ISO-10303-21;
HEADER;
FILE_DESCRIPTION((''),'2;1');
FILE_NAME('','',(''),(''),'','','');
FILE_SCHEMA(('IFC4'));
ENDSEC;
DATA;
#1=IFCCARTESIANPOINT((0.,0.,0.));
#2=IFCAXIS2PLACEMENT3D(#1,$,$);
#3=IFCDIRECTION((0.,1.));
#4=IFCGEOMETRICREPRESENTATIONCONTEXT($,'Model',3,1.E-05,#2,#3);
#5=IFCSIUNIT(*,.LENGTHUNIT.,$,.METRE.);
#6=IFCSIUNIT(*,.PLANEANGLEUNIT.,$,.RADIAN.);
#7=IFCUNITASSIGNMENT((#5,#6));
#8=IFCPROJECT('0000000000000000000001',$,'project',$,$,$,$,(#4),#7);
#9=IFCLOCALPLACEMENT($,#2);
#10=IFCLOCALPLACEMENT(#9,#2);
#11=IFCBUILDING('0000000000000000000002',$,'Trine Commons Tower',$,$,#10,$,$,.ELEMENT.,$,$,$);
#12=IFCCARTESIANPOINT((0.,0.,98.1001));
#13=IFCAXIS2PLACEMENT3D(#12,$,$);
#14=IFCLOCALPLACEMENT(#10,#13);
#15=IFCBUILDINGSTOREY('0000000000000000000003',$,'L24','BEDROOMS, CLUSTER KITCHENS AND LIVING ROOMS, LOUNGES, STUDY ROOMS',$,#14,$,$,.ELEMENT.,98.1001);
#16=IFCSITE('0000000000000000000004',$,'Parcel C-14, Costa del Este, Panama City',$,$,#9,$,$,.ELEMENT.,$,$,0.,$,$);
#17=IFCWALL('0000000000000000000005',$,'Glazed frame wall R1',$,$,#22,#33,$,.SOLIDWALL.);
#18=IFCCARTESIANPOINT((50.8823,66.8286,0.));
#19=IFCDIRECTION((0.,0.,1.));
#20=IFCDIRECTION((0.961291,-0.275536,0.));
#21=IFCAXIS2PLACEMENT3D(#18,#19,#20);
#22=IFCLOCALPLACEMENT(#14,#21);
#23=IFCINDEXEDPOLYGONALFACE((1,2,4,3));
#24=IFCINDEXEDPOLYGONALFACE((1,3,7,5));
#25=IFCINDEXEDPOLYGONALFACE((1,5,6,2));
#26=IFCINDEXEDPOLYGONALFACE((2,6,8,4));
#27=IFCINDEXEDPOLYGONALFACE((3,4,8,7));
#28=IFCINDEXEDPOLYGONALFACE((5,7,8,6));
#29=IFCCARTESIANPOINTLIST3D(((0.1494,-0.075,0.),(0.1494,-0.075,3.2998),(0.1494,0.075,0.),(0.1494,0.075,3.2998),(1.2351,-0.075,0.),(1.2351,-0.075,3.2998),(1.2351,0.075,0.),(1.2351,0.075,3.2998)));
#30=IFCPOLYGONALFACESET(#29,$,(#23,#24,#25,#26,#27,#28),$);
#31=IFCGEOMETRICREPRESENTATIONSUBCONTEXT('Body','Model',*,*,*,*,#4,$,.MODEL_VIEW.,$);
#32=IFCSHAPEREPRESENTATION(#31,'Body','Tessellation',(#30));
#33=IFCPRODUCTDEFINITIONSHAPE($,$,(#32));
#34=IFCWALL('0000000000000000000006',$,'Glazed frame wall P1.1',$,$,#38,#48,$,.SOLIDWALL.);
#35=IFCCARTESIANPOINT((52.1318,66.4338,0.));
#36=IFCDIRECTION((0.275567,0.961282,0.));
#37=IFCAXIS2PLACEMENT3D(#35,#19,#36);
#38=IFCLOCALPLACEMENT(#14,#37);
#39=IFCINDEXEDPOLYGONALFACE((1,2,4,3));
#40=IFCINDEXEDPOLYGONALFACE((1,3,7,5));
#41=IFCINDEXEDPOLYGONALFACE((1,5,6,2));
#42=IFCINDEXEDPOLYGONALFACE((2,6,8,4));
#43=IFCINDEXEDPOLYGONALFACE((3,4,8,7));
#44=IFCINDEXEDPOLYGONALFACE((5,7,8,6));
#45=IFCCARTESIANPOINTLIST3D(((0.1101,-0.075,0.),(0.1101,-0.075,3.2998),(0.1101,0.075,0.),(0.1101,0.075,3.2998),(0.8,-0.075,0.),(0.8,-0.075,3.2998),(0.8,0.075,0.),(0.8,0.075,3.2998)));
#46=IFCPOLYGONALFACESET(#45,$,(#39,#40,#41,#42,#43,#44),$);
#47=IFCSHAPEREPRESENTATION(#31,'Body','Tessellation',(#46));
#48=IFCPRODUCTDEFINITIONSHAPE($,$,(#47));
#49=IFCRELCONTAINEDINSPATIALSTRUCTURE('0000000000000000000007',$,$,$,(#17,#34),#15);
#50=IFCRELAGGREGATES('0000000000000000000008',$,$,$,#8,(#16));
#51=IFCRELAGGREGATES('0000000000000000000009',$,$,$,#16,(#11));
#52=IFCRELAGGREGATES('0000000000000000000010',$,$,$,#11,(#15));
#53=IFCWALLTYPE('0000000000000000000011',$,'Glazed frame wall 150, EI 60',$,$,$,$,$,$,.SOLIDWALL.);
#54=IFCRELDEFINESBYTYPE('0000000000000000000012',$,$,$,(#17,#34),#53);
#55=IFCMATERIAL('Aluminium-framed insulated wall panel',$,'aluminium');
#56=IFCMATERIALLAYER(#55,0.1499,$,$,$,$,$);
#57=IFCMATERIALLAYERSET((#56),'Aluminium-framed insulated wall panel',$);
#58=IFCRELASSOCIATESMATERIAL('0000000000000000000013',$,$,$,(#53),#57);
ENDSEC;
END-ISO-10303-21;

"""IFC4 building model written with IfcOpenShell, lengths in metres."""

from ifc_helpers import new_model, si_unit, direction, frame, origin, place, context, subcontext, project, spatial, polyline, outline, extrude, material, layer, layer_set, type_object, element, save


model = new_model("IFC4")

# Units and contexts
model_context = context("Model", 3, precision=1e-05, world=origin(), true_north=direction((0.0, 1.0)))
body_context = subcontext(model_context, "Body", "Model", "MODEL_VIEW")
ifc_project = project(units=[si_unit("LENGTHUNIT", "METRE"), si_unit("PLANEANGLEUNIT", "RADIAN")], contexts=[model_context])

# Site, building, storey
site_placement = place(None, origin())
site = spatial("IfcSite", under=ifc_project, at=site_placement, Name="Parcel C-14, Costa del Este, Panama City", CompositionType="ELEMENT", RefElevation=0.0)
building_placement = place(site_placement, origin())
building = spatial("IfcBuilding", under=site, at=building_placement, Name="Trine Commons Tower", CompositionType="ELEMENT")
storey_placement = place(building_placement, frame((0.0, 0.0, 98.1001)))
storey = spatial("IfcBuildingStorey", under=building, at=storey_placement, Name="L24", Description="BEDROOMS, CLUSTER KITCHENS AND LIVING ROOMS, LOUNGES, STUDY ROOMS", CompositionType="ELEMENT", Elevation=98.1001)

# Walls
ifc_material_1 = material(Name="Aluminium-framed insulated wall panel", Category="aluminium")
ifc_layer_1 = layer(ifc_material_1, 0.1499)
ifc_layer_set_1 = layer_set([ifc_layer_1], Name="Aluminium-framed insulated wall panel")
wall_type_1 = type_object("IfcWallType", Name="Glazed frame wall 150, EI 60", PredefinedType="SOLIDWALL", material=ifc_layer_set_1)
wall_1_placement = place(storey_placement, frame((50.8823, 66.8286, 0.0), z_axis=(0.0, 0.0, 1.0), x_axis=(0.961291, -0.275536, 0.0)))
element("IfcWall", 1, at=wall_1_placement, inside=storey, type_object=wall_type_1, Name="Glazed frame wall R1", PredefinedType="SOLIDWALL", context=body_context, shape_type="SweptSolid", body=[
    extrude(outline(polyline([(0.1494, 0.075), (0.1494, -0.075), (1.2351, -0.075), (1.2351, 0.075), (0.1494, 0.075)])), origin(), (0.0, 0.0, 1.0), 3.2998),
])
wall_2_placement = place(storey_placement, frame((52.1318, 66.4338, 0.0), z_axis=(0.0, 0.0, 1.0), x_axis=(0.275567, 0.961282, 0.0)))
element("IfcWall", 2, at=wall_2_placement, inside=storey, type_object=wall_type_1, Name="Glazed frame wall P1.1", PredefinedType="SOLIDWALL", context=body_context, shape_type="SweptSolid", body=[
    extrude(outline(polyline([(0.1101, -0.075), (0.8, -0.075), (0.8, 0.075), (0.1101, 0.075), (0.1101, -0.075)])), origin(), (0.0, 0.0, 1.0), 3.2998),
])

save(model, "model.ifc")
